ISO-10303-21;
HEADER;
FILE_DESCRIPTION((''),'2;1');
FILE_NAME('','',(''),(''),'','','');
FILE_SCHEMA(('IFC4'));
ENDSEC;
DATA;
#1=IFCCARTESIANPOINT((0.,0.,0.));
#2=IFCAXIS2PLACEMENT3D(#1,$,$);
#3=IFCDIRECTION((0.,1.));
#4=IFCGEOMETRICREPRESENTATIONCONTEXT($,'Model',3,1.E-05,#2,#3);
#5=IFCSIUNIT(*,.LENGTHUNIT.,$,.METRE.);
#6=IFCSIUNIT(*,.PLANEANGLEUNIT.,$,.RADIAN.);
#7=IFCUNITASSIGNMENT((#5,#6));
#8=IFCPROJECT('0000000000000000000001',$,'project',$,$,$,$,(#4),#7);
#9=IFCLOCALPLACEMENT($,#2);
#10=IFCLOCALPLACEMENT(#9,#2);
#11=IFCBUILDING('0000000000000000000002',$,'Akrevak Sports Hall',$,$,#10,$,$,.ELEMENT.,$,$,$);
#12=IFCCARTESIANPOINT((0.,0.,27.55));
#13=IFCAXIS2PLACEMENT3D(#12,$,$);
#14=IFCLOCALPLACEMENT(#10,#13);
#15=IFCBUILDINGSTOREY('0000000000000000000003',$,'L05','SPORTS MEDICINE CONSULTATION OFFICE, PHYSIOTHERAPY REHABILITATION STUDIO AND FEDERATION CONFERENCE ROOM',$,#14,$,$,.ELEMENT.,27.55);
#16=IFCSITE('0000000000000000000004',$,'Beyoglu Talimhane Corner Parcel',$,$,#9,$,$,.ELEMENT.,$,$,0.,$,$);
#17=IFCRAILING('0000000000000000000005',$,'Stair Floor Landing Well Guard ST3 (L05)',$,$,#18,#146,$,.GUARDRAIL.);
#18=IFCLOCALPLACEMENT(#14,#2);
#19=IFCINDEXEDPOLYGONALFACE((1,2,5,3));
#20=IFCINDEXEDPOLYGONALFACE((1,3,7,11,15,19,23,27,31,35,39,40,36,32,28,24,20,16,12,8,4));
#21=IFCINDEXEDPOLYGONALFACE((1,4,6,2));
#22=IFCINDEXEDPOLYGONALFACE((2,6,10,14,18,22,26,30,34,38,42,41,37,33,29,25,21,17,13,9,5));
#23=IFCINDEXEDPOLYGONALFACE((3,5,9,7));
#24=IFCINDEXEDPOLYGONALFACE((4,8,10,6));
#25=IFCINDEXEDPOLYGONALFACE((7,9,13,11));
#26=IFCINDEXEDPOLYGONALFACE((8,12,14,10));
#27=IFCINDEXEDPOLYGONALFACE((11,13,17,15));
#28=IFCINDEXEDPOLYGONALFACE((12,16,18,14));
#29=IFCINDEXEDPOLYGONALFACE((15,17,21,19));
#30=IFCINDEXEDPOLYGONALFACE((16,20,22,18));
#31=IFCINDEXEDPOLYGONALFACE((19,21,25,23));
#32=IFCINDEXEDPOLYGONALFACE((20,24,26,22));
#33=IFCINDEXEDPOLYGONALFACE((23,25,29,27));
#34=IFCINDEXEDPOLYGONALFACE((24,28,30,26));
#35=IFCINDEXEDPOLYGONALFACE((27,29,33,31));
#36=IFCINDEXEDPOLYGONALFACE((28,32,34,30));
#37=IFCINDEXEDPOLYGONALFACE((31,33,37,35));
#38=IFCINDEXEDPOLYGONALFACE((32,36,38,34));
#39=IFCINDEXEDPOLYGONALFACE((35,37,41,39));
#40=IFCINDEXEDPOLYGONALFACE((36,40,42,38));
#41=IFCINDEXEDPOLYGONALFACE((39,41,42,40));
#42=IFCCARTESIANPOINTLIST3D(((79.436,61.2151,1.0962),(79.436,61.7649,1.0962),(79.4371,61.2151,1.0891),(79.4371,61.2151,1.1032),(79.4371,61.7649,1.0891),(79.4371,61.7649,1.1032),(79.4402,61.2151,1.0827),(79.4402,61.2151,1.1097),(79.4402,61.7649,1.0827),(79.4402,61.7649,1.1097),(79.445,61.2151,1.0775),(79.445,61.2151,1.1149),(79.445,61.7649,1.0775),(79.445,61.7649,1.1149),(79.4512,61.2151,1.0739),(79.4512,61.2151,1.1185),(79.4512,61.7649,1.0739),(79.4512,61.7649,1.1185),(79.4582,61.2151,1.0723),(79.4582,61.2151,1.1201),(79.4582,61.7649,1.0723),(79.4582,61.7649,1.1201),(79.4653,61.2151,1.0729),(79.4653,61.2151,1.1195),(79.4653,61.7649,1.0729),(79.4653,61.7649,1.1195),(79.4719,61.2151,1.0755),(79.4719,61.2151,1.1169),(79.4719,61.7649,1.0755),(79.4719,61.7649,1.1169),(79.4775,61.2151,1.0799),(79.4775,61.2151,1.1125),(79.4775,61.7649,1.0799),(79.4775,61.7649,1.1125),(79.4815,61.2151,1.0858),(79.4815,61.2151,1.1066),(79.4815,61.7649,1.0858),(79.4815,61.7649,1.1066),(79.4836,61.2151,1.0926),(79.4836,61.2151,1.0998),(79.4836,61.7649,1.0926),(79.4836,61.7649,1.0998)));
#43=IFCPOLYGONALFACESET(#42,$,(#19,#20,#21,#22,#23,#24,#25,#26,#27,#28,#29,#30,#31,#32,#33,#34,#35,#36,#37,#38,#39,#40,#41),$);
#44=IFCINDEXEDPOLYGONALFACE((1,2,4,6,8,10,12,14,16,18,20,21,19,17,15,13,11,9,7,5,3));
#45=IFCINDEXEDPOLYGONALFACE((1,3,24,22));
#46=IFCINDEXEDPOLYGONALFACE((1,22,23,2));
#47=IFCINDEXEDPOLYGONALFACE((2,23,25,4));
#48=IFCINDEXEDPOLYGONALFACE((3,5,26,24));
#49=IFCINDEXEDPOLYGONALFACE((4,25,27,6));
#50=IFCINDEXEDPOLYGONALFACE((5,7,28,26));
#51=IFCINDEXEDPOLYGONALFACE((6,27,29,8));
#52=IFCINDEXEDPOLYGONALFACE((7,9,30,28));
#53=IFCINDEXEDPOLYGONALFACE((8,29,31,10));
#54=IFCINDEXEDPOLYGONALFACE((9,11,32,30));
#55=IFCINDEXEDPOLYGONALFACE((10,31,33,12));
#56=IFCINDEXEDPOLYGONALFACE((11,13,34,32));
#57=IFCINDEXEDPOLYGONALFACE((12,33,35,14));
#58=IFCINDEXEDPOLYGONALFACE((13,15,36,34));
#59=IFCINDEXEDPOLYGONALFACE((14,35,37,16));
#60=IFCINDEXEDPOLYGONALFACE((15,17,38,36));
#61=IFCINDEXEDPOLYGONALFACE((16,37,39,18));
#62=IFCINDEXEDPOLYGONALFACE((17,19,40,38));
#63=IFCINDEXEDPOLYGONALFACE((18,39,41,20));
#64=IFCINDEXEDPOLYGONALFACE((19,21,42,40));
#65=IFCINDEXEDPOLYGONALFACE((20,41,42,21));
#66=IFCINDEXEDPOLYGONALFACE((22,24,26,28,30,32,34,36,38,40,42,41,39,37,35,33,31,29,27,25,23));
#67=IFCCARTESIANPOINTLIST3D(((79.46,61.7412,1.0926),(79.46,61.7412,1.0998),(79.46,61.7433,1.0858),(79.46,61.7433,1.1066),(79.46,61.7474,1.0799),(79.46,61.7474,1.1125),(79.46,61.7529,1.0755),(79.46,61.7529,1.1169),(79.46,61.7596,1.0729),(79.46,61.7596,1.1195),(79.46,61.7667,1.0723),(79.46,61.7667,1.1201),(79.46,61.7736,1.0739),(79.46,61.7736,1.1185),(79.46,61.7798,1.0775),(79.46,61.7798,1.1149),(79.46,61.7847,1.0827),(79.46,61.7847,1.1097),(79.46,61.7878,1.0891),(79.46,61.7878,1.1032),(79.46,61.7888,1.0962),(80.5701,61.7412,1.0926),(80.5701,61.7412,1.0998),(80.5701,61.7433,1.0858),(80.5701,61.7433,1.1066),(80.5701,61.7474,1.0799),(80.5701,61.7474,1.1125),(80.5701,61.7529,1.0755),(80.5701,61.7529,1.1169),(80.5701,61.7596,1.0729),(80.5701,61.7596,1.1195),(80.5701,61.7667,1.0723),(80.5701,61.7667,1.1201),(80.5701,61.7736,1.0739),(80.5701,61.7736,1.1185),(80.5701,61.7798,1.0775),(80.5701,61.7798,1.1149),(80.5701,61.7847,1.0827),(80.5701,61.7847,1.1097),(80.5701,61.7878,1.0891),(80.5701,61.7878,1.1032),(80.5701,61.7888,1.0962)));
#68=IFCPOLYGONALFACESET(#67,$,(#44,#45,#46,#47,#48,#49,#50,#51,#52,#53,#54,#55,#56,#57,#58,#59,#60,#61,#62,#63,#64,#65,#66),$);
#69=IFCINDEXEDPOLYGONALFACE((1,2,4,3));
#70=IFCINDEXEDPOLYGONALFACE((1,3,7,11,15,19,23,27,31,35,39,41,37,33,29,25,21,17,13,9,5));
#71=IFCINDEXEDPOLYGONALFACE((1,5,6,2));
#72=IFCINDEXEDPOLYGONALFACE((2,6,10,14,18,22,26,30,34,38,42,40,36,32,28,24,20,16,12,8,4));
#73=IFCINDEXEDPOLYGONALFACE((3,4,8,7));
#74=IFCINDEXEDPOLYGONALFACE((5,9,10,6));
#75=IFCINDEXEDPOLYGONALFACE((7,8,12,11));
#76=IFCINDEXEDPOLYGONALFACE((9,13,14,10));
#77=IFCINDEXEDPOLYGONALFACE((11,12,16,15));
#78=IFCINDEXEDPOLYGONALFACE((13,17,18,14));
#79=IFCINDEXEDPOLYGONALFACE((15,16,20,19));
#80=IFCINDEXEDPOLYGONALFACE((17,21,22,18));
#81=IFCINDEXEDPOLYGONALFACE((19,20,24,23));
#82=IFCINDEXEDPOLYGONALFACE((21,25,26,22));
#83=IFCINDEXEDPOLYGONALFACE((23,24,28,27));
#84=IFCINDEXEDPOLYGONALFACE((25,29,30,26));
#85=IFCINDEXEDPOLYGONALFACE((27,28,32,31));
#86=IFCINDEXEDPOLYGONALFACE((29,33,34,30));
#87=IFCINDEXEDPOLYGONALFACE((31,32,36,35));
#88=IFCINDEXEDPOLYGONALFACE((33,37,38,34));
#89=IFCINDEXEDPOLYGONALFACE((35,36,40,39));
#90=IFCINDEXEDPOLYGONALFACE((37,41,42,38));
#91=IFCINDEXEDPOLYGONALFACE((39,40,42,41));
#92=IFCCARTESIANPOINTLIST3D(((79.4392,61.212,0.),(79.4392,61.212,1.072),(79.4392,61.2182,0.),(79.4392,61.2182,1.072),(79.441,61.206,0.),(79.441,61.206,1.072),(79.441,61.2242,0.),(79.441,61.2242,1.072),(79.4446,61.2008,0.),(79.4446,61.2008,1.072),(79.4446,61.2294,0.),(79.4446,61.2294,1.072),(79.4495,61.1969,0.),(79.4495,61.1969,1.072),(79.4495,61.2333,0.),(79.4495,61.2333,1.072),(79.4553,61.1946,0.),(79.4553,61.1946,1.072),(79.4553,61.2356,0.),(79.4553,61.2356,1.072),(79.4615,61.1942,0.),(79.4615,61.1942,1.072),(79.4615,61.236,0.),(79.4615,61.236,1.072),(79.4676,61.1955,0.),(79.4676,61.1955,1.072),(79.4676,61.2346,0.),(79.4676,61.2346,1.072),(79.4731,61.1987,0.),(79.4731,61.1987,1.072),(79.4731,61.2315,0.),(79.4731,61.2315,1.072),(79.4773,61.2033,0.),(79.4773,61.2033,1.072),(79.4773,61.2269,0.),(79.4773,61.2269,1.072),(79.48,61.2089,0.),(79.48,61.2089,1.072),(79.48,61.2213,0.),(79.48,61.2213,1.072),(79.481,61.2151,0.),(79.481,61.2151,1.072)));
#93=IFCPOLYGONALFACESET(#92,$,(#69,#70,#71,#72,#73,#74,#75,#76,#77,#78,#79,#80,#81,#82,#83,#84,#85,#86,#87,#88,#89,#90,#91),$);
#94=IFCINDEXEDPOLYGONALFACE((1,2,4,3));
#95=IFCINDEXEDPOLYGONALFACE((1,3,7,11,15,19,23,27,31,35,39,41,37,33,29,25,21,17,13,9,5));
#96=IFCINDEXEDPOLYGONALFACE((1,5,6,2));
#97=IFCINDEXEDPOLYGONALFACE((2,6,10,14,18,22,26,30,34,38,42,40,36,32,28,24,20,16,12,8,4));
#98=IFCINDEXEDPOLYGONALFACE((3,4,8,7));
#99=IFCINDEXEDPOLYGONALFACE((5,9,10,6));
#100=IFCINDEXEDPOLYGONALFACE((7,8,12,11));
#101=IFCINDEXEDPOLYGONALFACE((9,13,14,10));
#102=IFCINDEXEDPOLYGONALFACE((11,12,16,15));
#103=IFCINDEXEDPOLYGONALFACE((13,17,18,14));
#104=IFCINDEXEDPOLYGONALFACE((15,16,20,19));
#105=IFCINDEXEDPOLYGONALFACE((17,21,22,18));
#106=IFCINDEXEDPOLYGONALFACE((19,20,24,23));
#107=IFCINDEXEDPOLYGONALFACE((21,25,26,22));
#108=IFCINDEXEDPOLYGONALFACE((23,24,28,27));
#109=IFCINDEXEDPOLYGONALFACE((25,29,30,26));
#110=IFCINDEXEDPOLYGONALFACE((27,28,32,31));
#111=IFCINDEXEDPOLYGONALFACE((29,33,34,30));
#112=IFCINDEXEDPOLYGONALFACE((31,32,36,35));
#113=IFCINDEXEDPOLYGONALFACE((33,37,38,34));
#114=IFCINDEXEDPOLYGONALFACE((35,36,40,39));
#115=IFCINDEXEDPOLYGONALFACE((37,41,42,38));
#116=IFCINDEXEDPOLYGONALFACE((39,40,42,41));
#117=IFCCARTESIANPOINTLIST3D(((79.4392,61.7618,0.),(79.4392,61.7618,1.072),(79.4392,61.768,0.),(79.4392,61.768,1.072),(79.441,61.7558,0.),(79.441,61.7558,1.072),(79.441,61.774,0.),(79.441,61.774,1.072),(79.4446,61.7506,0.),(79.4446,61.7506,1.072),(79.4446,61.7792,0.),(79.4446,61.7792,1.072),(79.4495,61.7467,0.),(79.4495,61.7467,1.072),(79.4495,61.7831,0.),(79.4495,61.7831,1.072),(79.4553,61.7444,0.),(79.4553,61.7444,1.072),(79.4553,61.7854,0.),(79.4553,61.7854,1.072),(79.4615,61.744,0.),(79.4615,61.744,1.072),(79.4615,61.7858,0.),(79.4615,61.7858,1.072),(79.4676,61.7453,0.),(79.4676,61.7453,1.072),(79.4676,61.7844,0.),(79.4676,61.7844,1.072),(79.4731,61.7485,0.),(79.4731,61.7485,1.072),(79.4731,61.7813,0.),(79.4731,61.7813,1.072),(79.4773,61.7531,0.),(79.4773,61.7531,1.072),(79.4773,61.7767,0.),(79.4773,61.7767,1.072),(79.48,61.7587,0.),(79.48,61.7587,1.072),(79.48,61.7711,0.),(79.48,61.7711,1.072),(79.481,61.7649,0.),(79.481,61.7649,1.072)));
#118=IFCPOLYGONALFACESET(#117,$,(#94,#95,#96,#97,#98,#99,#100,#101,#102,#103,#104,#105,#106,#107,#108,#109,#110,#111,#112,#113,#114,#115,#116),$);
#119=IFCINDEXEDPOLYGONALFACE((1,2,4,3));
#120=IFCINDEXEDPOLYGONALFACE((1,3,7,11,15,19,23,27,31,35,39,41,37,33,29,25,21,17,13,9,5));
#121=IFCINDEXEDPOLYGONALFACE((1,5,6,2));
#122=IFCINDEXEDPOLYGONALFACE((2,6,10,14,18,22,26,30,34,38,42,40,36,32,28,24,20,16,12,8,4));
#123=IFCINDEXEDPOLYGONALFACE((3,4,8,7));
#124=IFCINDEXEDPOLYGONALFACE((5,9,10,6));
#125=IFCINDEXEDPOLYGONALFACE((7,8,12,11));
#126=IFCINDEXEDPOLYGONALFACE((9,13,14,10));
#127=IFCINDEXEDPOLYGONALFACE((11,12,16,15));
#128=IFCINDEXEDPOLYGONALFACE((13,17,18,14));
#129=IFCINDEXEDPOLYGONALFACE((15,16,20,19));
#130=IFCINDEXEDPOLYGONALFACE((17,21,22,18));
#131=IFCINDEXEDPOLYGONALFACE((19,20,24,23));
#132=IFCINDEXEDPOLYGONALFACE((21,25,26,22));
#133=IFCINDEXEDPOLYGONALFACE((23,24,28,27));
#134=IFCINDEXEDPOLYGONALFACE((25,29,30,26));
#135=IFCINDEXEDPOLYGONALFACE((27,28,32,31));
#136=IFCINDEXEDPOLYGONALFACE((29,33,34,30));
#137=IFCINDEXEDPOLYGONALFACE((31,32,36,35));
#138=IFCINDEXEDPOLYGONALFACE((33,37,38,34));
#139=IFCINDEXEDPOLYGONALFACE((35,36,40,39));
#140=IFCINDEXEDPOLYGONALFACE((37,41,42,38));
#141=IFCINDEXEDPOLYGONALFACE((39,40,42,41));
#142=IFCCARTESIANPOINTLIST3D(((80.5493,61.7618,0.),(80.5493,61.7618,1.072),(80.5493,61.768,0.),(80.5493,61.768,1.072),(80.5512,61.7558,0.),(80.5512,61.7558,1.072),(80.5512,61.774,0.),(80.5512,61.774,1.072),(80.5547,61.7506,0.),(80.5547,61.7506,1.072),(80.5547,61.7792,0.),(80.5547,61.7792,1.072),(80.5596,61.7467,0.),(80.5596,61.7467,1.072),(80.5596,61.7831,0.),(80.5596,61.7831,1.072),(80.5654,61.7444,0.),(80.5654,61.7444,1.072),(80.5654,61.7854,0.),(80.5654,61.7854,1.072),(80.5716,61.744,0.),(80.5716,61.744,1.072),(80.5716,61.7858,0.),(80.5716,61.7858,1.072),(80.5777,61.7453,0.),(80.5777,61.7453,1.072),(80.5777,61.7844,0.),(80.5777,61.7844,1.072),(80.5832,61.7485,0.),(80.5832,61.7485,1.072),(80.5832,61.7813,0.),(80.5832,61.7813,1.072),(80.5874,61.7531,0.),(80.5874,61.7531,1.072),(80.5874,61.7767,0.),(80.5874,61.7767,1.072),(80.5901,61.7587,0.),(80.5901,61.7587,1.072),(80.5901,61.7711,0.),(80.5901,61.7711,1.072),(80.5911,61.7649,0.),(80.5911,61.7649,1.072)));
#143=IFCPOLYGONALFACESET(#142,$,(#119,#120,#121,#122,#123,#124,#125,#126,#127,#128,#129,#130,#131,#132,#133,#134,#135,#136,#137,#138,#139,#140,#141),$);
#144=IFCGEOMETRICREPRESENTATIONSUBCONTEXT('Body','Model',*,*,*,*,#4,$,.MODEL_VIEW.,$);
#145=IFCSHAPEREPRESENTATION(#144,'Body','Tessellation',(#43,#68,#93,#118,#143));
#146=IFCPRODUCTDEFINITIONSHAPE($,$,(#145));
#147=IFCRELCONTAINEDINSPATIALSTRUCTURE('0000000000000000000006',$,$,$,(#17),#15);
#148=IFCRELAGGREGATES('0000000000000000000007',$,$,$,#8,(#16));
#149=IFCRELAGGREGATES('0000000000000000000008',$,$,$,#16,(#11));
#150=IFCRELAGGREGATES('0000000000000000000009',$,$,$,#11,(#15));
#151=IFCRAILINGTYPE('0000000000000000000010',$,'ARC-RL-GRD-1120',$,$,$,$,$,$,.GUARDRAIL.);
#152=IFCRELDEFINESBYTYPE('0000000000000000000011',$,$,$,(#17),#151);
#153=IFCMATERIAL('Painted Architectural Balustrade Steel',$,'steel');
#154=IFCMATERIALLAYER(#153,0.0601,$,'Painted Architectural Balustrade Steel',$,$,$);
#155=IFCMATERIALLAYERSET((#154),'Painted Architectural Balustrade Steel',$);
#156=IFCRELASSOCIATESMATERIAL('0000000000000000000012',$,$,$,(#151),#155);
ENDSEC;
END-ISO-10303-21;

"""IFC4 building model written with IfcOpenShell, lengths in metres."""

from ifc_helpers import new_model, si_unit, direction, frame, origin, origin_2d, place, context, subcontext, project, spatial, circle, extrude, material, layer, layer_set, type_object, element, save


model = new_model("IFC4")

# Units and contexts
model_context = context("Model", 3, precision=1e-05, world=origin(), true_north=direction((0.0, 1.0)))
body_context = subcontext(model_context, "Body", "Model", "MODEL_VIEW")
ifc_project = project(units=[si_unit("LENGTHUNIT", "METRE"), si_unit("PLANEANGLEUNIT", "RADIAN")], contexts=[model_context])

# Site, building, storey
site_placement = place(None, origin())
site = spatial("IfcSite", under=ifc_project, at=site_placement, Name="Beyoglu Talimhane Corner Parcel", CompositionType="ELEMENT", RefElevation=0.0)
building_placement = place(site_placement, origin())
building = spatial("IfcBuilding", under=site, at=building_placement, Name="Akrevak Sports Hall", CompositionType="ELEMENT")
storey_placement = place(building_placement, frame((0.0, 0.0, 27.55)))
storey = spatial("IfcBuildingStorey", under=building, at=storey_placement, Name="L05", Description="SPORTS MEDICINE CONSULTATION OFFICE, PHYSIOTHERAPY REHABILITATION STUDIO AND FEDERATION CONFERENCE ROOM", CompositionType="ELEMENT", Elevation=27.55)

# Railing
ifc_material_1 = material(Name="Painted Architectural Balustrade Steel", Category="steel")
ifc_layer_1 = layer(ifc_material_1, 0.0601, Name="Painted Architectural Balustrade Steel")
ifc_layer_set_1 = layer_set([ifc_layer_1], Name="Painted Architectural Balustrade Steel")
railing_type_1 = type_object("IfcRailingType", Name="ARC-RL-GRD-1120", PredefinedType="GUARDRAIL", material=ifc_layer_set_1)
railing_1_placement = place(storey_placement, frame((79.46, 61.2151, 0.0)))
element("IfcRailing", 1, at=railing_1_placement, inside=storey, type_object=railing_type_1, Name="Stair Floor Landing Well Guard ST3 (L05)", PredefinedType="GUARDRAIL", context=body_context, shape_type="SweptSolid", body=[
    extrude(circle(Radius=0.0239, at=origin_2d()), frame((0.0, 0.0, 1.0962), z_axis=(0.0, 1.0, 0.0), x_axis=(-1.0, 0.0, 0.0)), (0.0, 0.0, 1.0), 0.5498),
    extrude(circle(Radius=0.0239, at=origin_2d()), frame((0.0, 0.5498, 1.0962), z_axis=(1.0, 0.0, 0.0), x_axis=(0.0, 1.0, 0.0)), (0.0, 0.0, 1.0), 1.1101),
    extrude(circle(Radius=0.021, at=origin_2d()), origin(), (0.0, 0.0, 1.0), 1.072),
    extrude(circle(Radius=0.021, at=origin_2d()), frame((0.0, 0.5498, 0.0)), (0.0, 0.0, 1.0), 1.072),
    extrude(circle(Radius=0.021, at=origin_2d()), frame((1.1101, 0.5498, 0.0)), (0.0, 0.0, 1.0), 1.072),
])

save(model, "model.ifc")
